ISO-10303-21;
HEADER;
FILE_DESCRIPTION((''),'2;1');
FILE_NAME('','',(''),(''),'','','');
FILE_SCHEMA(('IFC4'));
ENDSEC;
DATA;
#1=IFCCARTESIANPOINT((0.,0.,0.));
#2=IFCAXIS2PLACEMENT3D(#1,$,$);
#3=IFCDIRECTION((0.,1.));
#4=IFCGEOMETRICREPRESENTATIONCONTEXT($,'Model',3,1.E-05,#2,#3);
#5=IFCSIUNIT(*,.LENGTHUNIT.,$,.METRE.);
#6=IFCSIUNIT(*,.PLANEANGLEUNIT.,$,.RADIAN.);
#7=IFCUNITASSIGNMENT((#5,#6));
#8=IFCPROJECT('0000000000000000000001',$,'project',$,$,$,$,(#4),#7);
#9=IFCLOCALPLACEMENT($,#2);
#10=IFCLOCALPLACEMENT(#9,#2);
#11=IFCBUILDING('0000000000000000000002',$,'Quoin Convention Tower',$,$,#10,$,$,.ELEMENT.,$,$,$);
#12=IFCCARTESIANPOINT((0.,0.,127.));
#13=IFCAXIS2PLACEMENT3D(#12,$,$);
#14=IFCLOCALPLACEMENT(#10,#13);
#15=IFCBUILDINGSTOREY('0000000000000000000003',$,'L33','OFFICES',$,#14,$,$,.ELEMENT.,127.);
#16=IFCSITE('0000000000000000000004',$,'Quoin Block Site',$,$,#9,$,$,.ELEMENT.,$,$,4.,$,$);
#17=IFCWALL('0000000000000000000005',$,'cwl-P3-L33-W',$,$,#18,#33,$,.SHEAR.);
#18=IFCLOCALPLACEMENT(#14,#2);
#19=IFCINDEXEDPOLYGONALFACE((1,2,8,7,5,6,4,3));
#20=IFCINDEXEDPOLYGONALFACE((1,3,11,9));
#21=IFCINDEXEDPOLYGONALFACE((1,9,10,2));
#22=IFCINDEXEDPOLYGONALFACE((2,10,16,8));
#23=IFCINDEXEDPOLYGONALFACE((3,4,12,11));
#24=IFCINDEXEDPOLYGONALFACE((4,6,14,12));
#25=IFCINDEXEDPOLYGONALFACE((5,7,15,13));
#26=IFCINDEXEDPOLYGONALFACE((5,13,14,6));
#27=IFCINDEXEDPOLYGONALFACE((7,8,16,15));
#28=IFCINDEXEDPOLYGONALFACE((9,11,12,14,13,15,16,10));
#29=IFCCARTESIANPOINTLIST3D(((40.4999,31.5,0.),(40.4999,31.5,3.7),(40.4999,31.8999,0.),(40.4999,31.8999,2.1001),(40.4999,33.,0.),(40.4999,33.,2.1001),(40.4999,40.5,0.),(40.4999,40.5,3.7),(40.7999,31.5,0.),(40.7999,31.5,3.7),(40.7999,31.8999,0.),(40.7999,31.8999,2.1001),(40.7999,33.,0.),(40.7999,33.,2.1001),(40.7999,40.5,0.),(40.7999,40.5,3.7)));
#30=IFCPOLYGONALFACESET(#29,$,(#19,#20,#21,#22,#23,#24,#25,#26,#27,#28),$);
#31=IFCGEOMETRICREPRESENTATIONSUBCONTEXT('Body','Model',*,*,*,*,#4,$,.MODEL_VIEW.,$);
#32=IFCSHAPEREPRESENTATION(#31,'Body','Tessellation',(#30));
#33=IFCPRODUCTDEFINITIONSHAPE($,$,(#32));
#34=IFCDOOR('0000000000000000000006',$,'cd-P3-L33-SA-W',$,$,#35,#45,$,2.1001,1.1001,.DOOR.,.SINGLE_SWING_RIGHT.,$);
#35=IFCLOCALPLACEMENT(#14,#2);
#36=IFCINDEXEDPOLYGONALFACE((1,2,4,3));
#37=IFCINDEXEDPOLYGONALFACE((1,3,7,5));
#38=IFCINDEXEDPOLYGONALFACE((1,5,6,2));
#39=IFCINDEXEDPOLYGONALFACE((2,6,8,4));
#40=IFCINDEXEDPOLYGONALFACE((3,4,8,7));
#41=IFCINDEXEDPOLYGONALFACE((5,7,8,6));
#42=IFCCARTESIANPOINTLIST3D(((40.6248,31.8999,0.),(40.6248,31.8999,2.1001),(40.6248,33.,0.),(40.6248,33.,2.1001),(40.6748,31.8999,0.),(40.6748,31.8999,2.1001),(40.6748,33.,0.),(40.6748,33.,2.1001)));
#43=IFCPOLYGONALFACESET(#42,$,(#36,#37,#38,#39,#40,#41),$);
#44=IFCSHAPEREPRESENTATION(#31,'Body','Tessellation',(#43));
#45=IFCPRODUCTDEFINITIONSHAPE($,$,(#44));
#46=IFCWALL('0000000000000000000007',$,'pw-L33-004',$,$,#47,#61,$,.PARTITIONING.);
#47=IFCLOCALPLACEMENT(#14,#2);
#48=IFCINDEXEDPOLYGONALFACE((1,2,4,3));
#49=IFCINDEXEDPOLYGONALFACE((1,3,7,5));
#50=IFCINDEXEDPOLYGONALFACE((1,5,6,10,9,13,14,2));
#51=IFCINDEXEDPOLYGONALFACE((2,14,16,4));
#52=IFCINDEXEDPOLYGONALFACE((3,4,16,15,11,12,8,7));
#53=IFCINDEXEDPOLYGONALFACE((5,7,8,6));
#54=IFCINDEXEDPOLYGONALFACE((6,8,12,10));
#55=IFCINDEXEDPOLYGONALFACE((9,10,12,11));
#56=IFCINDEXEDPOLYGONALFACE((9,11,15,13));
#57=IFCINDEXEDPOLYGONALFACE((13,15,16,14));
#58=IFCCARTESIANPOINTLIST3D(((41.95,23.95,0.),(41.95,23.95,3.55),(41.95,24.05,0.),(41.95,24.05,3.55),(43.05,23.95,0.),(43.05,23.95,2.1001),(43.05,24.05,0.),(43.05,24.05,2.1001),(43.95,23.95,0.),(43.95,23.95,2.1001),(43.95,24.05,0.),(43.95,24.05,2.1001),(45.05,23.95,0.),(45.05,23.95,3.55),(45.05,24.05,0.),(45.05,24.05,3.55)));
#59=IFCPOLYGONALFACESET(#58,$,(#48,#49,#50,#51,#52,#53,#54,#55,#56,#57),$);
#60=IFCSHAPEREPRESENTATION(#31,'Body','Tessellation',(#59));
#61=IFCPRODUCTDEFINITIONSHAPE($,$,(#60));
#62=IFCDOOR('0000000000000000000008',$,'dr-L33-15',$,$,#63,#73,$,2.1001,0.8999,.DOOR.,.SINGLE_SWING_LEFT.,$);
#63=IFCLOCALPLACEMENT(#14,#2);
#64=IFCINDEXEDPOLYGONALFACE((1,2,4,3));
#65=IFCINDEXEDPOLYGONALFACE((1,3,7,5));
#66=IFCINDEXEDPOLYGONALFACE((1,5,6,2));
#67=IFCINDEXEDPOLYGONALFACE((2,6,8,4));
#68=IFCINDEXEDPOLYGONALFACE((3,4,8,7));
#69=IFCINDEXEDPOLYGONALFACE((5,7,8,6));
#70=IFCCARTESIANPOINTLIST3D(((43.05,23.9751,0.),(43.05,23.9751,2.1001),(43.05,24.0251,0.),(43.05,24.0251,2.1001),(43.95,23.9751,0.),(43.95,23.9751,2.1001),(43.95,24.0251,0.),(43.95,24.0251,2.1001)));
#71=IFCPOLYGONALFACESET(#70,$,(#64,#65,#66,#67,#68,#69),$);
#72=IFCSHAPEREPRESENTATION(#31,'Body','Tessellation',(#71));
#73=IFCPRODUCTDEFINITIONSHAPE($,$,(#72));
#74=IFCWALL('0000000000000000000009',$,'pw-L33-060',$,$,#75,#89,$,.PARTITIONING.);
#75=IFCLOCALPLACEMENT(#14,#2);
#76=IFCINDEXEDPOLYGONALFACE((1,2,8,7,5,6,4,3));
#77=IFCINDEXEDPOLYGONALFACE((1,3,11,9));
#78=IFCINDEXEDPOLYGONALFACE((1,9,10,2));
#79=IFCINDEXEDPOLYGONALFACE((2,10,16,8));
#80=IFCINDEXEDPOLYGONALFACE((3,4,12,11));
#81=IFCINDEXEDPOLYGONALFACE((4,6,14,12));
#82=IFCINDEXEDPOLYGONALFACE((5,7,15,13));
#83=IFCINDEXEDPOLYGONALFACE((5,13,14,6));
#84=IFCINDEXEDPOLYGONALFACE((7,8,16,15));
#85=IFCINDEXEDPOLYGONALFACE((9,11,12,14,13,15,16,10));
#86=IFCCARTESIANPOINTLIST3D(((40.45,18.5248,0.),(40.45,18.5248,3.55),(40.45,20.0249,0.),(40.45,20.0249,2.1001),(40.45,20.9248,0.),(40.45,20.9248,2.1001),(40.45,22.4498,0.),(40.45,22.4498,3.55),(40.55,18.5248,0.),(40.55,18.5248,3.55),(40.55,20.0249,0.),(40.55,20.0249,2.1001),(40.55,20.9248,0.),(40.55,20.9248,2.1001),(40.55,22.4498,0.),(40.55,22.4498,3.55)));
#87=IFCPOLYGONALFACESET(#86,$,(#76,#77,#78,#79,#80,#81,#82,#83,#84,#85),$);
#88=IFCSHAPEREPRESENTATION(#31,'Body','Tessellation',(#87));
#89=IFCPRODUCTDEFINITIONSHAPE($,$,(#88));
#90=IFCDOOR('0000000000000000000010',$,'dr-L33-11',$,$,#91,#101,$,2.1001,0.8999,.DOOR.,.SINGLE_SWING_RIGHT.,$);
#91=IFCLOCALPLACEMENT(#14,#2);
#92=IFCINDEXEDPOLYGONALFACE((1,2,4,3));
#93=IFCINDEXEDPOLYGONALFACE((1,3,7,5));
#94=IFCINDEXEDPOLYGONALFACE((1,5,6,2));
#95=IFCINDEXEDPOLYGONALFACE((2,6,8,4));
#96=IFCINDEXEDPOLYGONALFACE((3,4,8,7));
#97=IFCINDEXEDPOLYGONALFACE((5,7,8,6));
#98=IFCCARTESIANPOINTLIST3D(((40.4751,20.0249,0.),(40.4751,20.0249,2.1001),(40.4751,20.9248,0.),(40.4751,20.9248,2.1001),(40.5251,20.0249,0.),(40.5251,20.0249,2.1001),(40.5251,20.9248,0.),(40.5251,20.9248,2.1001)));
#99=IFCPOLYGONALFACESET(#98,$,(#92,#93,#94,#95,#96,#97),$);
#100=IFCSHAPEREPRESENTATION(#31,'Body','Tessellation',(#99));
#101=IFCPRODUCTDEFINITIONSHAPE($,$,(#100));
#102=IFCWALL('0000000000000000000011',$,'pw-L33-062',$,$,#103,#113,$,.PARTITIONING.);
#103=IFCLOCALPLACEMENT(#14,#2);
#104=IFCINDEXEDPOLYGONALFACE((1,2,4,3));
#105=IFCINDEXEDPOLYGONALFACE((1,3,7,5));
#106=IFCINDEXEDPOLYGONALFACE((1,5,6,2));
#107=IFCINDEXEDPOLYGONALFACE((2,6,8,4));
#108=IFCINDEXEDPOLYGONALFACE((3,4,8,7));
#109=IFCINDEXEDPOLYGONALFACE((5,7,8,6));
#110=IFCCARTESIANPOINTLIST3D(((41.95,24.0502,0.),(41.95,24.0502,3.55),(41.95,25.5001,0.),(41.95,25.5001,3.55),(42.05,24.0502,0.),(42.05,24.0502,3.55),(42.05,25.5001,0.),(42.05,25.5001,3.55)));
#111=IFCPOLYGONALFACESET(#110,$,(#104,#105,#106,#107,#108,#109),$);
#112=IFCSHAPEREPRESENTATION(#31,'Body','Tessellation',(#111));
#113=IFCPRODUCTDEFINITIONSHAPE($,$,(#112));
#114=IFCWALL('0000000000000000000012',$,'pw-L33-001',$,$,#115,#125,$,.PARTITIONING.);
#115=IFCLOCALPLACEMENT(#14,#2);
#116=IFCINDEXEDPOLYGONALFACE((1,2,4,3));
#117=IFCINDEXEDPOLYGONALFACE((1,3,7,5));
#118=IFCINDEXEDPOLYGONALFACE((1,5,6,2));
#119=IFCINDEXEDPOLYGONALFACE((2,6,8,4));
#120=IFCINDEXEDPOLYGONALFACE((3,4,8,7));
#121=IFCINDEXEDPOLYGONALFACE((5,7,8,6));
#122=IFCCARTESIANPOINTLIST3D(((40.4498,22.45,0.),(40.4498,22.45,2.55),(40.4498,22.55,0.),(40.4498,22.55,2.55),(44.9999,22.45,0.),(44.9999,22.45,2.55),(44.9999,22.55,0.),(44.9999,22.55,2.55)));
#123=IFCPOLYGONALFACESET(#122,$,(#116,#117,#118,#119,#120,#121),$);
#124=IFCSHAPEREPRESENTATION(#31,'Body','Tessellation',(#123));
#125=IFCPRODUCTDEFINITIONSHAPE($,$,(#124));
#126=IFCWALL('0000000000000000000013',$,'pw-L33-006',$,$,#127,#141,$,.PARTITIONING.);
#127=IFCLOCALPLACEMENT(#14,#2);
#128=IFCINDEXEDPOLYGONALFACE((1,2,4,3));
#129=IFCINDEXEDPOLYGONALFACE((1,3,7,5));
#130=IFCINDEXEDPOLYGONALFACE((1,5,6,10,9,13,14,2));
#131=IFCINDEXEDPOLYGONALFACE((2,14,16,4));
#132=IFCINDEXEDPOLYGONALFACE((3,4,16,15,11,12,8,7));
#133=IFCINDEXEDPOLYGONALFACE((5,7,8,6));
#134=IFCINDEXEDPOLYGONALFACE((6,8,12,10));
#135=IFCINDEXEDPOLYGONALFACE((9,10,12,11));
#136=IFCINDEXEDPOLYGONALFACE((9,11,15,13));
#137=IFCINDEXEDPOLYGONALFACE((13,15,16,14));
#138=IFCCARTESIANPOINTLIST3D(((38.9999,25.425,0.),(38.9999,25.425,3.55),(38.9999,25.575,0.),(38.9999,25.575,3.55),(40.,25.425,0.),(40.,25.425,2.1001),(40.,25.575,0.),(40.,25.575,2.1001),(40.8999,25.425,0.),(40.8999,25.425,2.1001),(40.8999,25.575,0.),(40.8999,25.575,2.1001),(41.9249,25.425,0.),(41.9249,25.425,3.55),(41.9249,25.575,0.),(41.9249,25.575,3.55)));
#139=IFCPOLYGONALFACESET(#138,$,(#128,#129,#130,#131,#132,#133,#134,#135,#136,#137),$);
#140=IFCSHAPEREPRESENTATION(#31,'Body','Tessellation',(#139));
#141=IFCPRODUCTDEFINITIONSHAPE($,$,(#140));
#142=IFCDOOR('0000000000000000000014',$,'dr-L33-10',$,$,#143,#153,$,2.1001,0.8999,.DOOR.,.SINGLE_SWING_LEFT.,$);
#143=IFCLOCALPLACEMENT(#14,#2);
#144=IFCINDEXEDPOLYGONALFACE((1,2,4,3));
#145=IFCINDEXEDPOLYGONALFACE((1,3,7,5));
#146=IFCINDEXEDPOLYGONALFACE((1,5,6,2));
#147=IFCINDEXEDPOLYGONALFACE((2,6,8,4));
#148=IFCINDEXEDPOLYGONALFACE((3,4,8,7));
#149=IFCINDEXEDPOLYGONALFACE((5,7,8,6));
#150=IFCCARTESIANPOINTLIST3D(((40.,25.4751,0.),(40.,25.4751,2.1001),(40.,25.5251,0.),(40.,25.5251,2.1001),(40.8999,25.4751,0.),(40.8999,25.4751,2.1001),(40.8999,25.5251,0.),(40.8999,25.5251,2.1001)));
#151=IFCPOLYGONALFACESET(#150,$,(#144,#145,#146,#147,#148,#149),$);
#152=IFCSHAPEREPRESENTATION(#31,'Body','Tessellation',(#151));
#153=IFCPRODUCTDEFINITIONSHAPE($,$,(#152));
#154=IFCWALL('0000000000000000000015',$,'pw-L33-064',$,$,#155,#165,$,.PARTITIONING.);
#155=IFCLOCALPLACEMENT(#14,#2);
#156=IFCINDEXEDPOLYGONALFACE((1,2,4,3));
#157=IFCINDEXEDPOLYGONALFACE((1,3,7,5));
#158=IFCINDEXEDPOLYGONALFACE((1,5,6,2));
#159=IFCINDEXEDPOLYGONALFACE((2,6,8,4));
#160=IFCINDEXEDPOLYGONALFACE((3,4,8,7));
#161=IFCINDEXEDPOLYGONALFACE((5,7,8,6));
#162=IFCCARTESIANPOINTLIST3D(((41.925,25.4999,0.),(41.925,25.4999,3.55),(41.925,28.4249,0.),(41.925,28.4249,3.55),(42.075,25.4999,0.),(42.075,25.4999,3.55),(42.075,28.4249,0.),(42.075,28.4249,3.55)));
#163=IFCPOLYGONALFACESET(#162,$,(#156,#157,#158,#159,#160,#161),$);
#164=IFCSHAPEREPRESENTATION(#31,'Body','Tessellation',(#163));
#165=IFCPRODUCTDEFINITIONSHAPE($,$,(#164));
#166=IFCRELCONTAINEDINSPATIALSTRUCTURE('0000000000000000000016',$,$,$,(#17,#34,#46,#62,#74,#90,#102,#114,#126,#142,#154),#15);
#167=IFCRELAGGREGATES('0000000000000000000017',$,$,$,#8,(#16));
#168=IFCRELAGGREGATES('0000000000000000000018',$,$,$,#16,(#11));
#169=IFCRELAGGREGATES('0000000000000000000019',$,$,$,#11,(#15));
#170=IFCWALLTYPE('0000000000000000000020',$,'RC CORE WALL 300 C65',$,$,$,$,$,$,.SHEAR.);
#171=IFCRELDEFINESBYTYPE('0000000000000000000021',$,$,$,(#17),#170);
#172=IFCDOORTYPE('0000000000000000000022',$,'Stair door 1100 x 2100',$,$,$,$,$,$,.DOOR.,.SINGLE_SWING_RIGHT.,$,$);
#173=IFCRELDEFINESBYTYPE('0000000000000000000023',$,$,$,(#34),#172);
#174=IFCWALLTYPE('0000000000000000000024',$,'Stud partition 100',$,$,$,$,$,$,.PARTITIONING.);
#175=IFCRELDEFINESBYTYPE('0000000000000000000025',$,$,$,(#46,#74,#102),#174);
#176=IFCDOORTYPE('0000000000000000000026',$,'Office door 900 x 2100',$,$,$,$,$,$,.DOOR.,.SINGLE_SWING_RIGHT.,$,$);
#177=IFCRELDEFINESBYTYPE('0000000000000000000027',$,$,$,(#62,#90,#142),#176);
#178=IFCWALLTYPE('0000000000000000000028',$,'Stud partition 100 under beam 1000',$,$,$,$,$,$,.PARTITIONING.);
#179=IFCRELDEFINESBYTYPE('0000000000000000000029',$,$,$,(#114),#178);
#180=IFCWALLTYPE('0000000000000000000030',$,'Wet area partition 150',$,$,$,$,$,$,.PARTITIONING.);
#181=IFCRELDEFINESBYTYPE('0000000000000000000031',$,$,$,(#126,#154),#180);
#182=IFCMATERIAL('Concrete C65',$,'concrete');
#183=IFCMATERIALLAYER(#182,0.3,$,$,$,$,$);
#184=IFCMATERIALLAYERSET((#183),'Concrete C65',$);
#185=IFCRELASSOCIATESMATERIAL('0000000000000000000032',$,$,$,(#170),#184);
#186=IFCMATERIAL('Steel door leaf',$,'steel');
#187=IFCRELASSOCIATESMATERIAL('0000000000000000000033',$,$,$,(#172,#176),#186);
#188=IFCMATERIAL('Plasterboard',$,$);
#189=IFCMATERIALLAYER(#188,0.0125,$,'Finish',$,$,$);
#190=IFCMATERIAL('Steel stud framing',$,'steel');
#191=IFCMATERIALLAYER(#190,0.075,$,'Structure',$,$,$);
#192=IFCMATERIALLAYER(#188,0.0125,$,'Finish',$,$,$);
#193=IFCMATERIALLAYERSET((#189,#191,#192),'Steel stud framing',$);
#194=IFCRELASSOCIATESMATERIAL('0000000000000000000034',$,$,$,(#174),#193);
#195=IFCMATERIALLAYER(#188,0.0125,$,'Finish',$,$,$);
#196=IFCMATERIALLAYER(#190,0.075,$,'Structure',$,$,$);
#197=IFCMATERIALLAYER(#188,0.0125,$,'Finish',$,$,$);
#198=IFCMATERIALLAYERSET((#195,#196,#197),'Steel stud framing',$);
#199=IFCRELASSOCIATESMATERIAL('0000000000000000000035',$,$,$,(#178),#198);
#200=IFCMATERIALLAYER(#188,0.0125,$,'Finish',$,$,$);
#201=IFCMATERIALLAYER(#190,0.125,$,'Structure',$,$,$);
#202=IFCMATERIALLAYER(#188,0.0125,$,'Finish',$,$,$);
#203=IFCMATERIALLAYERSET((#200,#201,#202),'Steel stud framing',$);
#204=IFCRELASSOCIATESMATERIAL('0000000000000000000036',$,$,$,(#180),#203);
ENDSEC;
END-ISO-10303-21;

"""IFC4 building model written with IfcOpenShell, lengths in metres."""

from ifc_helpers import new_model, si_unit, direction, frame, frame_2d, origin, place, context, subcontext, project, spatial, rectangle, extrude, material, layer, layer_set, type_object, element, fill, save


model = new_model("IFC4")

# Units and contexts
model_context = context("Model", 3, precision=1e-05, world=origin(), true_north=direction((0.0, 1.0)))
body_context = subcontext(model_context, "Body", "Model", "MODEL_VIEW")
ifc_project = project(units=[si_unit("LENGTHUNIT", "METRE"), si_unit("PLANEANGLEUNIT", "RADIAN")], contexts=[model_context])

# Site, building, storey
site_placement = place(None, origin())
site = spatial("IfcSite", under=ifc_project, at=site_placement, Name="Quoin Block Site", CompositionType="ELEMENT", RefElevation=4.0)
building_placement = place(site_placement, origin())
building = spatial("IfcBuilding", under=site, at=building_placement, Name="Quoin Convention Tower", CompositionType="ELEMENT")
storey_placement = place(building_placement, frame((0.0, 0.0, 127.0)))
storey = spatial("IfcBuildingStorey", under=building, at=storey_placement, Name="L33", Description="OFFICES", CompositionType="ELEMENT", Elevation=127.0)

# Shared definitions
ifc_material_1 = material(Name="Concrete C65", Category="concrete")

# Shared definitions
ifc_material_2 = material(Name="Plasterboard")
ifc_material_3 = material(Name="Steel stud framing", Category="steel")

# Walls, openings, doors
ifc_layer_1 = layer(ifc_material_1, 0.3)
ifc_layer_set_1 = layer_set([ifc_layer_1], Name="Concrete C65")
wall_type_1 = type_object("IfcWallType", Name="RC CORE WALL 300 C65", PredefinedType="SHEAR", material=ifc_layer_set_1)
ifc_material_4 = material(Name="Steel door leaf", Category="steel")
wall_1_placement = place(storey_placement, frame((40.6499, 31.5, 0.0), z_axis=(0.0, 0.0, 1.0), x_axis=(0.0, 1.0, 0.0)))
wall_1 = element("IfcWall", 1, at=wall_1_placement, inside=storey, type_object=wall_type_1, Name="cwl-P3-L33-W", PredefinedType="SHEAR", context=body_context, shape_type="SweptSolid", body=[
    extrude(rectangle(XDim=9.0, YDim=0.3, at=frame_2d((4.5, 0.0))), origin(), (0.0, 0.0, 1.0), 3.7),
])
opening_1_placement = place(wall_1_placement, frame((0.3999, 0.0, 0.0)))
opening_1 = element("IfcOpeningElement", 2, at=opening_1_placement, cuts=wall_1, PredefinedType="OPENING", context=body_context, shape_type="SweptSolid", body=[
    extrude(rectangle(XDim=1.1001, YDim=2.1001, at=frame_2d((0.55, 1.05))), frame((0.0, 0.1599, 0.0), z_axis=(0.0, -1.0, 0.0), x_axis=(1.0, 0.0, 0.0)), (0.0, 0.0, 1.0), 0.3201),
])
door_type_1 = type_object("IfcDoorType", Name="Stair door 1100 x 2100", OperationType="SINGLE_SWING_RIGHT", PredefinedType="DOOR", material=ifc_material_4)
door_1_placement = place(opening_1_placement, frame((1.1001, 0.0, 0.0), z_axis=(0.0, 0.0, 1.0), x_axis=(-1.0, 0.0, 0.0)))
door_1 = element("IfcDoor", 3, at=door_1_placement, inside=storey, type_object=door_type_1, Name="cd-P3-L33-SA-W", OperationType="SINGLE_SWING_RIGHT", OverallHeight=2.1001, OverallWidth=1.1001, PredefinedType="DOOR", context=body_context, shape_type="SweptSolid", body=[
    extrude(rectangle(XDim=1.1001, YDim=2.1001, at=frame_2d((0.55, 1.05))), frame((0.0, 0.0249, 0.0), z_axis=(0.0, -1.0, 0.0), x_axis=(1.0, 0.0, 0.0)), (0.0, 0.0, 1.0), 0.05),
])
fill(opening_1, door_1)
ifc_layer_2 = layer(ifc_material_2, 0.0125, Name="Finish")
ifc_layer_3 = layer(ifc_material_3, 0.075, Name="Structure")
ifc_layer_4 = layer(ifc_material_2, 0.0125, Name="Finish")
ifc_layer_set_2 = layer_set([ifc_layer_2, ifc_layer_3, ifc_layer_4], Name="Steel stud framing")
wall_type_2 = type_object("IfcWallType", Name="Stud partition 100", PredefinedType="PARTITIONING", material=ifc_layer_set_2)
wall_2_placement = place(storey_placement, frame((41.95, 24.0, 0.0), z_axis=(0.0, 0.0, 1.0), x_axis=(1.0, 0.0, 0.0)))
wall_2 = element("IfcWall", 4, at=wall_2_placement, inside=storey, type_object=wall_type_2, Name="pw-L33-004", PredefinedType="PARTITIONING", context=body_context, shape_type="SweptSolid", body=[
    extrude(rectangle(XDim=3.1001, YDim=0.1001, at=frame_2d((1.55, 0.0))), origin(), (0.0, 0.0, 1.0), 3.55),
])
opening_2_placement = place(wall_2_placement, frame((1.1001, 0.0, 0.0)))
opening_2 = element("IfcOpeningElement", 5, at=opening_2_placement, cuts=wall_2, PredefinedType="OPENING", context=body_context, shape_type="SweptSolid", body=[
    extrude(rectangle(XDim=0.8999, YDim=2.1001, at=frame_2d((0.45, 1.05))), frame((0.0, 0.0601, 0.0), z_axis=(0.0, -1.0, 0.0), x_axis=(1.0, 0.0, 0.0)), (0.0, 0.0, 1.0), 0.1201),
])
door_type_2 = type_object("IfcDoorType", Name="Office door 900 x 2100", OperationType="SINGLE_SWING_RIGHT", PredefinedType="DOOR", material=ifc_material_4)
door_2_placement = place(opening_2_placement, frame((0.8999, 0.0, 0.0), z_axis=(0.0, 0.0, 1.0), x_axis=(-1.0, 0.0, 0.0)))
door_2 = element("IfcDoor", 6, at=door_2_placement, inside=storey, type_object=door_type_2, Name="dr-L33-15", OperationType="SINGLE_SWING_LEFT", OverallHeight=2.1001, OverallWidth=0.8999, PredefinedType="DOOR", context=body_context, shape_type="SweptSolid", body=[
    extrude(rectangle(XDim=0.8999, YDim=2.1001, at=frame_2d((0.45, 1.05))), frame((0.0, 0.0249, 0.0), z_axis=(0.0, -1.0, 0.0), x_axis=(1.0, 0.0, 0.0)), (0.0, 0.0, 1.0), 0.05),
])
fill(opening_2, door_2)
wall_3_placement = place(storey_placement, frame((40.5, 18.5249, 0.0), z_axis=(0.0, 0.0, 1.0), x_axis=(0.0, 1.0, 0.0)))
wall_3 = element("IfcWall", 7, at=wall_3_placement, inside=storey, type_object=wall_type_2, Name="pw-L33-060", PredefinedType="PARTITIONING", context=body_context, shape_type="SweptSolid", body=[
    extrude(rectangle(XDim=3.925, YDim=0.1001, at=frame_2d((1.9624, 0.0))), origin(), (0.0, 0.0, 1.0), 3.55),
])
opening_3_placement = place(wall_3_placement, frame((1.5, 0.0, 0.0)))
opening_3 = element("IfcOpeningElement", 8, at=opening_3_placement, cuts=wall_3, PredefinedType="OPENING", context=body_context, shape_type="SweptSolid", body=[
    extrude(rectangle(XDim=0.8999, YDim=2.1001, at=frame_2d((0.45, 1.05))), frame((0.0, 0.0601, 0.0), z_axis=(0.0, -1.0, 0.0), x_axis=(1.0, 0.0, 0.0)), (0.0, 0.0, 1.0), 0.1201),
])
door_3_placement = place(opening_3_placement, origin())
door_3 = element("IfcDoor", 9, at=door_3_placement, inside=storey, type_object=door_type_2, Name="dr-L33-11", OperationType="SINGLE_SWING_RIGHT", OverallHeight=2.1001, OverallWidth=0.8999, PredefinedType="DOOR", context=body_context, shape_type="SweptSolid", body=[
    extrude(rectangle(XDim=0.8999, YDim=2.1001, at=frame_2d((0.45, 1.05))), frame((0.0, 0.0249, 0.0), z_axis=(0.0, -1.0, 0.0), x_axis=(1.0, 0.0, 0.0)), (0.0, 0.0, 1.0), 0.05),
])
fill(opening_3, door_3)

# Walls
wall_4_placement = place(storey_placement, frame((42.0, 24.05, 0.0), z_axis=(0.0, 0.0, 1.0), x_axis=(0.0, 1.0, 0.0)))
element("IfcWall", 10, at=wall_4_placement, inside=storey, type_object=wall_type_2, Name="pw-L33-062", PredefinedType="PARTITIONING", context=body_context, shape_type="SweptSolid", body=[
    extrude(rectangle(XDim=1.45, YDim=0.1001, at=frame_2d((0.7251, 0.0))), origin(), (0.0, 0.0, 1.0), 3.55),
])
ifc_layer_5 = layer(ifc_material_2, 0.0125, Name="Finish")
ifc_layer_6 = layer(ifc_material_3, 0.075, Name="Structure")
ifc_layer_7 = layer(ifc_material_2, 0.0125, Name="Finish")
ifc_layer_set_3 = layer_set([ifc_layer_5, ifc_layer_6, ifc_layer_7], Name="Steel stud framing")
wall_type_3 = type_object("IfcWallType", Name="Stud partition 100 under beam 1000", PredefinedType="PARTITIONING", material=ifc_layer_set_3)
wall_5_placement = place(storey_placement, frame((40.45, 22.5, 0.0), z_axis=(0.0, 0.0, 1.0), x_axis=(1.0, 0.0, 0.0)))
element("IfcWall", 11, at=wall_5_placement, inside=storey, type_object=wall_type_3, Name="pw-L33-001", PredefinedType="PARTITIONING", context=body_context, shape_type="SweptSolid", body=[
    extrude(rectangle(XDim=4.55, YDim=0.1001, at=frame_2d((2.2749, 0.0))), origin(), (0.0, 0.0, 1.0), 2.55),
])

# Wall, opening, door
ifc_layer_8 = layer(ifc_material_2, 0.0125, Name="Finish")
ifc_layer_9 = layer(ifc_material_3, 0.125, Name="Structure")
ifc_layer_10 = layer(ifc_material_2, 0.0125, Name="Finish")
ifc_layer_set_4 = layer_set([ifc_layer_8, ifc_layer_9, ifc_layer_10], Name="Steel stud framing")
wall_type_4 = type_object("IfcWallType", Name="Wet area partition 150", PredefinedType="PARTITIONING", material=ifc_layer_set_4)
wall_6_placement = place(storey_placement, frame((39.0, 25.5, 0.0), z_axis=(0.0, 0.0, 1.0), x_axis=(1.0, 0.0, 0.0)))
wall_6 = element("IfcWall", 12, at=wall_6_placement, inside=storey, type_object=wall_type_4, Name="pw-L33-006", PredefinedType="PARTITIONING", context=body_context, shape_type="SweptSolid", body=[
    extrude(rectangle(XDim=2.925, YDim=0.1499, at=frame_2d((1.4624, 0.0))), origin(), (0.0, 0.0, 1.0), 3.55),
])
opening_4_placement = place(wall_6_placement, frame((1.0, 0.0, 0.0)))
opening_4 = element("IfcOpeningElement", 13, at=opening_4_placement, cuts=wall_6, PredefinedType="OPENING", context=body_context, shape_type="SweptSolid", body=[
    extrude(rectangle(XDim=0.8999, YDim=2.1001, at=frame_2d((0.45, 1.05))), frame((0.0, 0.085, 0.0), z_axis=(0.0, -1.0, 0.0), x_axis=(1.0, 0.0, 0.0)), (0.0, 0.0, 1.0), 0.1699),
])
door_4_placement = place(opening_4_placement, frame((0.8999, 0.0, 0.0), z_axis=(0.0, 0.0, 1.0), x_axis=(-1.0, 0.0, 0.0)))
door_4 = element("IfcDoor", 14, at=door_4_placement, inside=storey, type_object=door_type_2, Name="dr-L33-10", OperationType="SINGLE_SWING_LEFT", OverallHeight=2.1001, OverallWidth=0.8999, PredefinedType="DOOR", context=body_context, shape_type="SweptSolid", body=[
    extrude(rectangle(XDim=0.8999, YDim=2.1001, at=frame_2d((0.45, 1.05))), frame((0.0, 0.0249, 0.0), z_axis=(0.0, -1.0, 0.0), x_axis=(1.0, 0.0, 0.0)), (0.0, 0.0, 1.0), 0.05),
])
fill(opening_4, door_4)

# Wall
wall_7_placement = place(storey_placement, frame((42.0, 25.5, 0.0), z_axis=(0.0, 0.0, 1.0), x_axis=(0.0, 1.0, 0.0)))
element("IfcWall", 15, at=wall_7_placement, inside=storey, type_object=wall_type_4, Name="pw-L33-064", PredefinedType="PARTITIONING", context=body_context, shape_type="SweptSolid", body=[
    extrude(rectangle(XDim=2.925, YDim=0.1499, at=frame_2d((1.4624, 0.0))), origin(), (0.0, 0.0, 1.0), 3.55),
])

save(model, "model.ifc")
